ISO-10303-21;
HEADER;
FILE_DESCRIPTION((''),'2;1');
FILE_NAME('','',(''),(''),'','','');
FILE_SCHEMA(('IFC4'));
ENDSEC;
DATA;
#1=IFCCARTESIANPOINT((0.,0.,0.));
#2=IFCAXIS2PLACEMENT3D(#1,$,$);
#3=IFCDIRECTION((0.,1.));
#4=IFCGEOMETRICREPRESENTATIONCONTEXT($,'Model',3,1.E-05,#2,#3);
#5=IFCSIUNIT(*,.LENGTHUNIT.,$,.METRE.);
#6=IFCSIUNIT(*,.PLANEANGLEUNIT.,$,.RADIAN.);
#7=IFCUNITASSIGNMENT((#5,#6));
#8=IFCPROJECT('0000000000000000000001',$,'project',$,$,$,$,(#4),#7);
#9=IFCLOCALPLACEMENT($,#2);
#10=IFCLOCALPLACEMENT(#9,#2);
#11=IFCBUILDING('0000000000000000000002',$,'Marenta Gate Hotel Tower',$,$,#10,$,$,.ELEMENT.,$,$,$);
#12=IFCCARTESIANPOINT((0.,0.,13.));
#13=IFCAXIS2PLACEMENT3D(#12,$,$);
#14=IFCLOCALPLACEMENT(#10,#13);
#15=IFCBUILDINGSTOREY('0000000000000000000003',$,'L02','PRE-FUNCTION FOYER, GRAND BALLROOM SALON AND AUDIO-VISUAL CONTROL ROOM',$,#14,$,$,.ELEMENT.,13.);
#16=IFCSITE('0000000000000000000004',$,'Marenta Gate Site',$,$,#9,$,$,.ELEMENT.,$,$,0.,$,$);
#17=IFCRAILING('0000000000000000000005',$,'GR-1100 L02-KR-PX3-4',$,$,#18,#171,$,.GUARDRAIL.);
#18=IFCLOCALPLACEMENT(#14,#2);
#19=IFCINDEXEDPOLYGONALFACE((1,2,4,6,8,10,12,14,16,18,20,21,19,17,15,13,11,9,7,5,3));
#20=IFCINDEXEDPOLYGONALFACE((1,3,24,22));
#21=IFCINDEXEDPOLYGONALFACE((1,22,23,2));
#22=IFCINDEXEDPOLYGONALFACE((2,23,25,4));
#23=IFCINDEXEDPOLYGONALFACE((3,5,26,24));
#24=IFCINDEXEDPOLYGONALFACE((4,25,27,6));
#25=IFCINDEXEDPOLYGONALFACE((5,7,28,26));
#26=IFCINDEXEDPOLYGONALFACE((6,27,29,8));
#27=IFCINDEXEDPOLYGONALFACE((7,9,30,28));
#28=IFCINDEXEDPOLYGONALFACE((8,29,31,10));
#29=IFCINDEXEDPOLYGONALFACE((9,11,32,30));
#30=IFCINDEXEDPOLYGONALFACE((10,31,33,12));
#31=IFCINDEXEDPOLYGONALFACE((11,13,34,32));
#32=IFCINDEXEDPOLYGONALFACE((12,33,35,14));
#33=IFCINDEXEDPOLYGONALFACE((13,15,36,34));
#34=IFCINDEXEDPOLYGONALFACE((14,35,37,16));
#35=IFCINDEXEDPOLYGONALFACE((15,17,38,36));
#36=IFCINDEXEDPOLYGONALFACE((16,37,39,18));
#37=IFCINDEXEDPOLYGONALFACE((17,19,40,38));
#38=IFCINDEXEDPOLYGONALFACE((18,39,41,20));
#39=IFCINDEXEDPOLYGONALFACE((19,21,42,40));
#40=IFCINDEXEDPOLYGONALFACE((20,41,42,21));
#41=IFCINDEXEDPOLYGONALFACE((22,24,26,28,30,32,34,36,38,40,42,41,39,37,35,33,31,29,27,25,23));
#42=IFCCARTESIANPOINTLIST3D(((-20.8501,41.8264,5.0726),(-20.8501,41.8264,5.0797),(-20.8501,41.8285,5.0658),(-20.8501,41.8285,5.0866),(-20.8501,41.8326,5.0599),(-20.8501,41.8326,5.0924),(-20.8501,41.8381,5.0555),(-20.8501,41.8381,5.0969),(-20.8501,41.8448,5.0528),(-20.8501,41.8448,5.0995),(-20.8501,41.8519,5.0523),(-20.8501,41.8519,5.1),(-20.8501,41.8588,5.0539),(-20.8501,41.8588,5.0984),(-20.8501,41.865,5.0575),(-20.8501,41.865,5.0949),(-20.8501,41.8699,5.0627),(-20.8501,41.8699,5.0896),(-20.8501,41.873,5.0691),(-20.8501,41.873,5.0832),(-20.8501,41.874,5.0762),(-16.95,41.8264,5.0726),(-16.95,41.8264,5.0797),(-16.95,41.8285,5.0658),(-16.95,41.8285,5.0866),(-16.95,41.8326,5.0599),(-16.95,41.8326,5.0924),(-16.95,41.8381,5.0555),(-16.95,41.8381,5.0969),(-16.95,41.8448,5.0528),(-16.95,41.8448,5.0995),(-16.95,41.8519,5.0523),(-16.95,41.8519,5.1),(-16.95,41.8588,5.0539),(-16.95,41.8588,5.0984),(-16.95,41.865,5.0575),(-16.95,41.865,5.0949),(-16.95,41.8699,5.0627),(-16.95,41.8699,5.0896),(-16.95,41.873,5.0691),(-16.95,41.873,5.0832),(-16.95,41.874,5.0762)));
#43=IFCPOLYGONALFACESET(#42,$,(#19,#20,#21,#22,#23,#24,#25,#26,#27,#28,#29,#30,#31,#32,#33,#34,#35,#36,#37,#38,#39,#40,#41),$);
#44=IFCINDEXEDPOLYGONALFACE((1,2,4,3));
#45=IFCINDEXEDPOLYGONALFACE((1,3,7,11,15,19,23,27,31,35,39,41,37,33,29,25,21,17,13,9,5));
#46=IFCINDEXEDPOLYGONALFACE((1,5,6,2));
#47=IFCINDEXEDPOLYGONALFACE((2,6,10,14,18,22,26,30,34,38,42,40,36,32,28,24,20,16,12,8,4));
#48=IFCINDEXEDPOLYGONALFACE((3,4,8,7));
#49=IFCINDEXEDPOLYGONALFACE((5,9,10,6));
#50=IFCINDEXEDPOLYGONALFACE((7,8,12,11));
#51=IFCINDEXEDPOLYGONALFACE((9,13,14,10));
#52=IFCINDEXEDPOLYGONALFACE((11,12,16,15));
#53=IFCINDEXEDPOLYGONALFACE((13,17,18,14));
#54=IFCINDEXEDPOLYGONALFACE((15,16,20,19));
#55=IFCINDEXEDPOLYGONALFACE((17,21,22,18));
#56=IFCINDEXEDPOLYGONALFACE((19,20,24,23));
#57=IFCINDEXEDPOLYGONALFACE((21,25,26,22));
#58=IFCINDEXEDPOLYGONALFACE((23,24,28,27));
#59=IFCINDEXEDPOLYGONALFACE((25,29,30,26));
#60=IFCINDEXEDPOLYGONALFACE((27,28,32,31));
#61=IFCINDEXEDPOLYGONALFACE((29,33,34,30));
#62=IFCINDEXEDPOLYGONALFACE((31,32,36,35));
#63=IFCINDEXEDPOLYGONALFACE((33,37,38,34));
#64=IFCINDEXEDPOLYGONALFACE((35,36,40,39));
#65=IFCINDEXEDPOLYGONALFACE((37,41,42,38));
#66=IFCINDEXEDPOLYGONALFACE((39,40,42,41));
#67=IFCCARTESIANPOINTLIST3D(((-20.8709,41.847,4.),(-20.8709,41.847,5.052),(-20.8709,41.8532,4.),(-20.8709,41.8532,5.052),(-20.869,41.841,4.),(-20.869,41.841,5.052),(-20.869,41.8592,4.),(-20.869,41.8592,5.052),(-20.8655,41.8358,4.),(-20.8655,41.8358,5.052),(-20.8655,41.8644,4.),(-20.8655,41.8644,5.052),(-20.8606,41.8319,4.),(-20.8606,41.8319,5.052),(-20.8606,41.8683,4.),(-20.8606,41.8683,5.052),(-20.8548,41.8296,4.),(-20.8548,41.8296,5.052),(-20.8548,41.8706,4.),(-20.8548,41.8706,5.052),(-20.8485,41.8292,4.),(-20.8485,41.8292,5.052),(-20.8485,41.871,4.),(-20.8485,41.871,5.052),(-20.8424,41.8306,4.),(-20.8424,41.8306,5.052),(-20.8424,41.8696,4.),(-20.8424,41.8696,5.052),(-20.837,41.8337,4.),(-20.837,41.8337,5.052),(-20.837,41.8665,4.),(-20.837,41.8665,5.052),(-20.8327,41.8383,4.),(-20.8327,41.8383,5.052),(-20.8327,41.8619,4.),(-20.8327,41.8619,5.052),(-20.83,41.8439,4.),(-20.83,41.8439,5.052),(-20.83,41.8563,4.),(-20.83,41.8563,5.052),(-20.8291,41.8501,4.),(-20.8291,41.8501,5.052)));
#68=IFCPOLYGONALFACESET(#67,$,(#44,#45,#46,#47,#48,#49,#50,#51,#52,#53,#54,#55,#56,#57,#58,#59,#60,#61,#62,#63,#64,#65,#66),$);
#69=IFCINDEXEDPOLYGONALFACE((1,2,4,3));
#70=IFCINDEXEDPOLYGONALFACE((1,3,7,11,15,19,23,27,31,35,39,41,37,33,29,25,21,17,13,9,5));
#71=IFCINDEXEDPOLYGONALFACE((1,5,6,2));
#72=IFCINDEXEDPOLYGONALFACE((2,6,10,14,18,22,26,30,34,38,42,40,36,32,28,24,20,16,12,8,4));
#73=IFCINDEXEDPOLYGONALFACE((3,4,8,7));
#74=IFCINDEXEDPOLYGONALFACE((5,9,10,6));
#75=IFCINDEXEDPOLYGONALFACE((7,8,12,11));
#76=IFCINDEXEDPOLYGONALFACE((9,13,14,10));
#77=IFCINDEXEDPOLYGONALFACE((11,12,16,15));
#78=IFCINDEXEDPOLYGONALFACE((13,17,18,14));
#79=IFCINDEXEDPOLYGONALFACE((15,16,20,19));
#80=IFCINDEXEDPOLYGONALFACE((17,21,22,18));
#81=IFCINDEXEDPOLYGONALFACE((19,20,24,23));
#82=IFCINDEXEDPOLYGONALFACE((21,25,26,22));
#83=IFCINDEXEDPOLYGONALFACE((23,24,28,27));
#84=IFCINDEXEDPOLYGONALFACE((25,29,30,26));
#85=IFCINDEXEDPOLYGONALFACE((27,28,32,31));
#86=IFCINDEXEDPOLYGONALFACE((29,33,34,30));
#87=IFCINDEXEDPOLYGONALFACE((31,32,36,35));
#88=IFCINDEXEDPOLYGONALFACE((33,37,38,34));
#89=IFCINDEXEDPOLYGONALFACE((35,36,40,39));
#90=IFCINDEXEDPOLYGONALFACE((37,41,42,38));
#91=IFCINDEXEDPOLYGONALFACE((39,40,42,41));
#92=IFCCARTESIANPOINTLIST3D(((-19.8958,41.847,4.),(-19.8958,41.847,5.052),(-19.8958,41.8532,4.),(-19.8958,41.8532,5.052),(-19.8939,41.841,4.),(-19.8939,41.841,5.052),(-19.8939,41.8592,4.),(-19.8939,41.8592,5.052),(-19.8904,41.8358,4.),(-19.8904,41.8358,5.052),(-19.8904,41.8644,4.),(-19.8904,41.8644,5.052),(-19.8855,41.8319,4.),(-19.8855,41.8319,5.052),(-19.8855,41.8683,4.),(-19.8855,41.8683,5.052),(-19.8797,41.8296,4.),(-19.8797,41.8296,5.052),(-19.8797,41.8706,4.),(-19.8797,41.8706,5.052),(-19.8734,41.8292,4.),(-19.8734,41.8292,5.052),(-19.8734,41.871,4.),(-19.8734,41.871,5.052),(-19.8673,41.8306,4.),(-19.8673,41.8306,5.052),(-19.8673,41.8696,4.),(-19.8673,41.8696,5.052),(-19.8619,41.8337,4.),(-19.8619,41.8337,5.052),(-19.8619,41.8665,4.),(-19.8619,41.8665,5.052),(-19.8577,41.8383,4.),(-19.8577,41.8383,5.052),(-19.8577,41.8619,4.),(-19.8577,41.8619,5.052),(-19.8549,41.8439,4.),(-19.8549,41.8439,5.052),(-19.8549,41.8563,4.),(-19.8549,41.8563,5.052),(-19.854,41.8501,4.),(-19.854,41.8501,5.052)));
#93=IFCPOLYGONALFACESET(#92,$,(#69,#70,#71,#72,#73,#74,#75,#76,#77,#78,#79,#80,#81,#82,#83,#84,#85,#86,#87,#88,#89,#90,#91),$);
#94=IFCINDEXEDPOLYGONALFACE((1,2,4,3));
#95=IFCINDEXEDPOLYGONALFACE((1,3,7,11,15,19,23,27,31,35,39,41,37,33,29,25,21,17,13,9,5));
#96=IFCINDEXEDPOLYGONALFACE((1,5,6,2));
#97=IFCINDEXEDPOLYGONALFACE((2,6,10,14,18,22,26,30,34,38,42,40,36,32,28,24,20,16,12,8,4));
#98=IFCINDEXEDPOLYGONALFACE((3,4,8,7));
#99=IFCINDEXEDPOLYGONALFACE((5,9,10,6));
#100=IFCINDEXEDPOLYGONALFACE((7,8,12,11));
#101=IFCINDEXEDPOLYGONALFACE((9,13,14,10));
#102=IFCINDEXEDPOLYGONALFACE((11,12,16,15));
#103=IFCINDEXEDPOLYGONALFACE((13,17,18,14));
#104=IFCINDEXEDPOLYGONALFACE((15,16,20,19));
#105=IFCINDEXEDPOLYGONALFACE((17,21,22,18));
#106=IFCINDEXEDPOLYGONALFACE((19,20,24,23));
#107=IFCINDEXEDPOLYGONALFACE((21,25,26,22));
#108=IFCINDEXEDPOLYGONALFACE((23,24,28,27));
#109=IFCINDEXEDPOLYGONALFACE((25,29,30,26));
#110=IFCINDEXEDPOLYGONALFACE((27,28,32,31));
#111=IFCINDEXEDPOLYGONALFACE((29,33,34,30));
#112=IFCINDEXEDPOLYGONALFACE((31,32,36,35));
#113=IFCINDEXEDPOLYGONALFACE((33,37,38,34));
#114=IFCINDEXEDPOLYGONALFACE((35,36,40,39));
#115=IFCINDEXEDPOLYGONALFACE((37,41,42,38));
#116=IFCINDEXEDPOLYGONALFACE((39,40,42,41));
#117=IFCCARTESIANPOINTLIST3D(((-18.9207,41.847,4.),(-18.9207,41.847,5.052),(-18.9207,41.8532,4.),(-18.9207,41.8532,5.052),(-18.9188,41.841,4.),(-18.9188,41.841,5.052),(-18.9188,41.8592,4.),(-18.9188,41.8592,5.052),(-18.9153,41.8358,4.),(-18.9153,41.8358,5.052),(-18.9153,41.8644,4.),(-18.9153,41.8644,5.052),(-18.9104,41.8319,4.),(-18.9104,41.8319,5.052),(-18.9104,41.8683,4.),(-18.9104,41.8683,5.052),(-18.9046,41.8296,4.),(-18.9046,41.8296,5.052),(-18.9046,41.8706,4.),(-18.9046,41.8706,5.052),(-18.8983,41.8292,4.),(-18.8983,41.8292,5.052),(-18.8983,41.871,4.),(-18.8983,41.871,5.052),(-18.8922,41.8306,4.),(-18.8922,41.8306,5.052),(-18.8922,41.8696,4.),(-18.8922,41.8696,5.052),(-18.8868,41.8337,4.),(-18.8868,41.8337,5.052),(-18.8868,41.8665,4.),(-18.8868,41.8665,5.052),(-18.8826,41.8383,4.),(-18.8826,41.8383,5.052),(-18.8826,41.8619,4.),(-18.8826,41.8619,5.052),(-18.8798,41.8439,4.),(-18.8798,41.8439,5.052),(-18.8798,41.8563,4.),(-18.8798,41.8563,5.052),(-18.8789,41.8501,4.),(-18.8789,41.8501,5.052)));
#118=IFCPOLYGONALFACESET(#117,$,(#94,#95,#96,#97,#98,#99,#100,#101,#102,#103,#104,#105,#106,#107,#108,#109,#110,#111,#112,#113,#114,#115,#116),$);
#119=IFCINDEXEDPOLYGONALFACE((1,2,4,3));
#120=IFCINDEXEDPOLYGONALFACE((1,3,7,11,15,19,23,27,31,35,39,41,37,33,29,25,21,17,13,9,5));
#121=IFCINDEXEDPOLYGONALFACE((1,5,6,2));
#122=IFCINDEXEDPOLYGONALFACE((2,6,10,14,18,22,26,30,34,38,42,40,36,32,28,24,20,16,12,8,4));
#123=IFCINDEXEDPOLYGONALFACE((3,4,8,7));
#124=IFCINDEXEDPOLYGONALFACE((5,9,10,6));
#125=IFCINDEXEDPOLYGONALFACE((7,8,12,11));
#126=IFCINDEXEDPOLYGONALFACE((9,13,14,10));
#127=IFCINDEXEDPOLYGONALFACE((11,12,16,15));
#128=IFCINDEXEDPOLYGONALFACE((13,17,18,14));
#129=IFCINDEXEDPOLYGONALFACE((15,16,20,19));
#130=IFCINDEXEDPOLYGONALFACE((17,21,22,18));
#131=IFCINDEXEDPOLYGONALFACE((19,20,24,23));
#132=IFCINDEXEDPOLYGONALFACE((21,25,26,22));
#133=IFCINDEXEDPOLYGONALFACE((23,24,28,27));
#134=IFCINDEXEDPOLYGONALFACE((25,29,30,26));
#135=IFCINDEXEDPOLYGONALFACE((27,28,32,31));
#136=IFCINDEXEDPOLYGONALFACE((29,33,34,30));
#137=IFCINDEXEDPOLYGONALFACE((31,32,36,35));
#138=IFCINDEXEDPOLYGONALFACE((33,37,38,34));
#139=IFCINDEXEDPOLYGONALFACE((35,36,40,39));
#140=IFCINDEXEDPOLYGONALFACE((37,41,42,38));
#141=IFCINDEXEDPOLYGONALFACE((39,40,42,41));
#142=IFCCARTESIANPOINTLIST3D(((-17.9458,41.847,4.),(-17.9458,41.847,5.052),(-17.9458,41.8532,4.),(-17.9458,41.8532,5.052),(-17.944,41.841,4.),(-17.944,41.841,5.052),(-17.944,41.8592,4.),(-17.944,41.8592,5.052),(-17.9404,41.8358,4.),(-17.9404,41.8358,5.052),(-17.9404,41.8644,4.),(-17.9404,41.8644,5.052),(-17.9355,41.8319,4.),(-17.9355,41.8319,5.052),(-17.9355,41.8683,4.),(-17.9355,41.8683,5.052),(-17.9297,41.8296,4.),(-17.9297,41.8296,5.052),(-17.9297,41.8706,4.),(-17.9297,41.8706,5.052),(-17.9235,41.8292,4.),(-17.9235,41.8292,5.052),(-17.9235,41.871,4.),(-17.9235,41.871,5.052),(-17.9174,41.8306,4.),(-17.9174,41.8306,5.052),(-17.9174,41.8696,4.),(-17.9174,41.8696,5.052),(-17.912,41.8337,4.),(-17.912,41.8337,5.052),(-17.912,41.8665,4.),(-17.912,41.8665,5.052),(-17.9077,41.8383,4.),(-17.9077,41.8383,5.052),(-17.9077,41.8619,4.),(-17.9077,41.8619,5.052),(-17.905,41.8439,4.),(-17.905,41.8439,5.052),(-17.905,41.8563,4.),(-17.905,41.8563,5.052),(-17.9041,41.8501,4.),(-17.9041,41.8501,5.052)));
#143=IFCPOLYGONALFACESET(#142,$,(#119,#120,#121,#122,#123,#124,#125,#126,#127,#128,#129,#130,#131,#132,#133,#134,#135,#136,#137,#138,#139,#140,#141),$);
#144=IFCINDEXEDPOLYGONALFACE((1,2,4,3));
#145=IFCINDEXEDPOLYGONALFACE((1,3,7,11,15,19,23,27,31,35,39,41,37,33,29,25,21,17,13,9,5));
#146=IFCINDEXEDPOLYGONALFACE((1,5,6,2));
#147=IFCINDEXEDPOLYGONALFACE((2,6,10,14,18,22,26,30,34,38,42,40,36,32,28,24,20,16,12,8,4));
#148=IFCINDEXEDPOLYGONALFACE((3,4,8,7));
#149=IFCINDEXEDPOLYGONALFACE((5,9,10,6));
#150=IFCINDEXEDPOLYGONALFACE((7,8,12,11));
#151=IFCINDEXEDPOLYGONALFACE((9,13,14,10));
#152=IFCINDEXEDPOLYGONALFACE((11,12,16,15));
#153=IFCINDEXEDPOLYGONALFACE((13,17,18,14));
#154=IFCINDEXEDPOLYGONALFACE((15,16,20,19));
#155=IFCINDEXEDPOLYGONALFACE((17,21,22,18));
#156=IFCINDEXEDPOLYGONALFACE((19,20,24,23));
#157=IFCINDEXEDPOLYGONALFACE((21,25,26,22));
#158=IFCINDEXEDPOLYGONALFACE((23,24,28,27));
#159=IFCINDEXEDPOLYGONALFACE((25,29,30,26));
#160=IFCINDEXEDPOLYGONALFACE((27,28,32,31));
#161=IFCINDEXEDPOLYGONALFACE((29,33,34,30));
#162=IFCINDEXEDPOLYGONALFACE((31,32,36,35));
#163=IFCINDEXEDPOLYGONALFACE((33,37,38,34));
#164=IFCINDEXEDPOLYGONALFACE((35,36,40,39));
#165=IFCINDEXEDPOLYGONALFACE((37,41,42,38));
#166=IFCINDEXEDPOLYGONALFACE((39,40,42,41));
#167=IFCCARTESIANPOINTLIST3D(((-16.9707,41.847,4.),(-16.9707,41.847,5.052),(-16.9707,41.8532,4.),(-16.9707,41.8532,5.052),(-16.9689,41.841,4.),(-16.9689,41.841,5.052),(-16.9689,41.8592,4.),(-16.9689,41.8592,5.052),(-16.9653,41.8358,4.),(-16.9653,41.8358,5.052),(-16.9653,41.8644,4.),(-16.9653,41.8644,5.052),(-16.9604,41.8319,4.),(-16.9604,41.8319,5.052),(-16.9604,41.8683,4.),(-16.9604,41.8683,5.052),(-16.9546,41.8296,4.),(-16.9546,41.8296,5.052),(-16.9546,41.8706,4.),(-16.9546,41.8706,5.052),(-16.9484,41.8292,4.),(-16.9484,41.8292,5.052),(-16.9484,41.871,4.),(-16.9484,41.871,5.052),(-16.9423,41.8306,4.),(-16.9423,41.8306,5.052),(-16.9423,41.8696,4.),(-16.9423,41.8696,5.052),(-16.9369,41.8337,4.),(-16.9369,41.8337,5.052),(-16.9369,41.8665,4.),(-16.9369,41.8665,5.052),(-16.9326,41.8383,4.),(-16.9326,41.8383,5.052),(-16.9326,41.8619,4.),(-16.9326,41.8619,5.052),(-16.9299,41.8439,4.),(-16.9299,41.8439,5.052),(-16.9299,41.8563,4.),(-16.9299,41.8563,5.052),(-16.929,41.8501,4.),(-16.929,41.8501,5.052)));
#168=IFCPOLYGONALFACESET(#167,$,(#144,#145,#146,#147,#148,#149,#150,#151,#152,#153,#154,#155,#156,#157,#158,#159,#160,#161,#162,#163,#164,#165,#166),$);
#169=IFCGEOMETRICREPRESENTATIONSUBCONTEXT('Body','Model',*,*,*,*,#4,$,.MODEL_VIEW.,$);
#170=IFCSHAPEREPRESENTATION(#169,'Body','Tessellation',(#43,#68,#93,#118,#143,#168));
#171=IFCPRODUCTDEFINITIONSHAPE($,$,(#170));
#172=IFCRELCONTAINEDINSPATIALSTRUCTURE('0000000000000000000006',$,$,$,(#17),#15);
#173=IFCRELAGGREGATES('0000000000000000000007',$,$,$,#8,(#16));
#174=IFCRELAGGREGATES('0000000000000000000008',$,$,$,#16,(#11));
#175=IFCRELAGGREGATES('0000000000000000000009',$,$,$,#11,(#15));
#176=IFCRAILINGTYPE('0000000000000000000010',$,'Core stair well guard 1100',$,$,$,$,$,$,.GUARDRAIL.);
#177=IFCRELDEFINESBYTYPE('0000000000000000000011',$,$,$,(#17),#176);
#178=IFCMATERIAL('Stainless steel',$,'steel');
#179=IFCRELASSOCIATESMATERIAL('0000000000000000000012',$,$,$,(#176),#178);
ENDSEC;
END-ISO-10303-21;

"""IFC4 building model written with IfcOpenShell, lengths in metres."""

from ifc_helpers import new_model, si_unit, direction, frame, origin, origin_2d, place, context, subcontext, project, spatial, circle, extrude, material, type_object, element, save


model = new_model("IFC4")

# Units and contexts
model_context = context("Model", 3, precision=1e-05, world=origin(), true_north=direction((0.0, 1.0)))
body_context = subcontext(model_context, "Body", "Model", "MODEL_VIEW")
ifc_project = project(units=[si_unit("LENGTHUNIT", "METRE"), si_unit("PLANEANGLEUNIT", "RADIAN")], contexts=[model_context])

# Site, building, storey
site_placement = place(None, origin())
site = spatial("IfcSite", under=ifc_project, at=site_placement, Name="Marenta Gate Site", CompositionType="ELEMENT", RefElevation=0.0)
building_placement = place(site_placement, origin())
building = spatial("IfcBuilding", under=site, at=building_placement, Name="Marenta Gate Hotel Tower", CompositionType="ELEMENT")
storey_placement = place(building_placement, frame((0.0, 0.0, 13.0)))
storey = spatial("IfcBuildingStorey", under=building, at=storey_placement, Name="L02", Description="PRE-FUNCTION FOYER, GRAND BALLROOM SALON AND AUDIO-VISUAL CONTROL ROOM", CompositionType="ELEMENT", Elevation=13.0)

# Railing
ifc_material_1 = material(Name="Stainless steel", Category="steel")
railing_type_1 = type_object("IfcRailingType", Name="Core stair well guard 1100", PredefinedType="GUARDRAIL", material=ifc_material_1)
railing_1_placement = place(storey_placement, frame((-20.8501, 41.8501, 4.0)))
element("IfcRailing", 1, at=railing_1_placement, inside=storey, type_object=railing_type_1, Name="GR-1100 L02-KR-PX3-4", PredefinedType="GUARDRAIL", context=body_context, shape_type="SweptSolid", body=[
    extrude(circle(Radius=0.0239, at=origin_2d()), frame((0.0, 0.0, 1.0762), z_axis=(1.0, 0.0, 0.0), x_axis=(0.0, 1.0, 0.0)), (0.0, 0.0, 1.0), 3.9001),
    extrude(circle(Radius=0.021, at=origin_2d()), origin(), (0.0, 0.0, 1.0), 1.052),
    extrude(circle(Radius=0.021, at=origin_2d()), frame((0.9751, 0.0, 0.0)), (0.0, 0.0, 1.0), 1.052),
    extrude(circle(Radius=0.021, at=origin_2d()), frame((1.9502, 0.0, 0.0)), (0.0, 0.0, 1.0), 1.052),
    extrude(circle(Radius=0.021, at=origin_2d()), frame((2.925, 0.0, 0.0)), (0.0, 0.0, 1.0), 1.052),
    extrude(circle(Radius=0.021, at=origin_2d()), frame((3.9001, 0.0, 0.0)), (0.0, 0.0, 1.0), 1.052),
])

save(model, "model.ifc")
